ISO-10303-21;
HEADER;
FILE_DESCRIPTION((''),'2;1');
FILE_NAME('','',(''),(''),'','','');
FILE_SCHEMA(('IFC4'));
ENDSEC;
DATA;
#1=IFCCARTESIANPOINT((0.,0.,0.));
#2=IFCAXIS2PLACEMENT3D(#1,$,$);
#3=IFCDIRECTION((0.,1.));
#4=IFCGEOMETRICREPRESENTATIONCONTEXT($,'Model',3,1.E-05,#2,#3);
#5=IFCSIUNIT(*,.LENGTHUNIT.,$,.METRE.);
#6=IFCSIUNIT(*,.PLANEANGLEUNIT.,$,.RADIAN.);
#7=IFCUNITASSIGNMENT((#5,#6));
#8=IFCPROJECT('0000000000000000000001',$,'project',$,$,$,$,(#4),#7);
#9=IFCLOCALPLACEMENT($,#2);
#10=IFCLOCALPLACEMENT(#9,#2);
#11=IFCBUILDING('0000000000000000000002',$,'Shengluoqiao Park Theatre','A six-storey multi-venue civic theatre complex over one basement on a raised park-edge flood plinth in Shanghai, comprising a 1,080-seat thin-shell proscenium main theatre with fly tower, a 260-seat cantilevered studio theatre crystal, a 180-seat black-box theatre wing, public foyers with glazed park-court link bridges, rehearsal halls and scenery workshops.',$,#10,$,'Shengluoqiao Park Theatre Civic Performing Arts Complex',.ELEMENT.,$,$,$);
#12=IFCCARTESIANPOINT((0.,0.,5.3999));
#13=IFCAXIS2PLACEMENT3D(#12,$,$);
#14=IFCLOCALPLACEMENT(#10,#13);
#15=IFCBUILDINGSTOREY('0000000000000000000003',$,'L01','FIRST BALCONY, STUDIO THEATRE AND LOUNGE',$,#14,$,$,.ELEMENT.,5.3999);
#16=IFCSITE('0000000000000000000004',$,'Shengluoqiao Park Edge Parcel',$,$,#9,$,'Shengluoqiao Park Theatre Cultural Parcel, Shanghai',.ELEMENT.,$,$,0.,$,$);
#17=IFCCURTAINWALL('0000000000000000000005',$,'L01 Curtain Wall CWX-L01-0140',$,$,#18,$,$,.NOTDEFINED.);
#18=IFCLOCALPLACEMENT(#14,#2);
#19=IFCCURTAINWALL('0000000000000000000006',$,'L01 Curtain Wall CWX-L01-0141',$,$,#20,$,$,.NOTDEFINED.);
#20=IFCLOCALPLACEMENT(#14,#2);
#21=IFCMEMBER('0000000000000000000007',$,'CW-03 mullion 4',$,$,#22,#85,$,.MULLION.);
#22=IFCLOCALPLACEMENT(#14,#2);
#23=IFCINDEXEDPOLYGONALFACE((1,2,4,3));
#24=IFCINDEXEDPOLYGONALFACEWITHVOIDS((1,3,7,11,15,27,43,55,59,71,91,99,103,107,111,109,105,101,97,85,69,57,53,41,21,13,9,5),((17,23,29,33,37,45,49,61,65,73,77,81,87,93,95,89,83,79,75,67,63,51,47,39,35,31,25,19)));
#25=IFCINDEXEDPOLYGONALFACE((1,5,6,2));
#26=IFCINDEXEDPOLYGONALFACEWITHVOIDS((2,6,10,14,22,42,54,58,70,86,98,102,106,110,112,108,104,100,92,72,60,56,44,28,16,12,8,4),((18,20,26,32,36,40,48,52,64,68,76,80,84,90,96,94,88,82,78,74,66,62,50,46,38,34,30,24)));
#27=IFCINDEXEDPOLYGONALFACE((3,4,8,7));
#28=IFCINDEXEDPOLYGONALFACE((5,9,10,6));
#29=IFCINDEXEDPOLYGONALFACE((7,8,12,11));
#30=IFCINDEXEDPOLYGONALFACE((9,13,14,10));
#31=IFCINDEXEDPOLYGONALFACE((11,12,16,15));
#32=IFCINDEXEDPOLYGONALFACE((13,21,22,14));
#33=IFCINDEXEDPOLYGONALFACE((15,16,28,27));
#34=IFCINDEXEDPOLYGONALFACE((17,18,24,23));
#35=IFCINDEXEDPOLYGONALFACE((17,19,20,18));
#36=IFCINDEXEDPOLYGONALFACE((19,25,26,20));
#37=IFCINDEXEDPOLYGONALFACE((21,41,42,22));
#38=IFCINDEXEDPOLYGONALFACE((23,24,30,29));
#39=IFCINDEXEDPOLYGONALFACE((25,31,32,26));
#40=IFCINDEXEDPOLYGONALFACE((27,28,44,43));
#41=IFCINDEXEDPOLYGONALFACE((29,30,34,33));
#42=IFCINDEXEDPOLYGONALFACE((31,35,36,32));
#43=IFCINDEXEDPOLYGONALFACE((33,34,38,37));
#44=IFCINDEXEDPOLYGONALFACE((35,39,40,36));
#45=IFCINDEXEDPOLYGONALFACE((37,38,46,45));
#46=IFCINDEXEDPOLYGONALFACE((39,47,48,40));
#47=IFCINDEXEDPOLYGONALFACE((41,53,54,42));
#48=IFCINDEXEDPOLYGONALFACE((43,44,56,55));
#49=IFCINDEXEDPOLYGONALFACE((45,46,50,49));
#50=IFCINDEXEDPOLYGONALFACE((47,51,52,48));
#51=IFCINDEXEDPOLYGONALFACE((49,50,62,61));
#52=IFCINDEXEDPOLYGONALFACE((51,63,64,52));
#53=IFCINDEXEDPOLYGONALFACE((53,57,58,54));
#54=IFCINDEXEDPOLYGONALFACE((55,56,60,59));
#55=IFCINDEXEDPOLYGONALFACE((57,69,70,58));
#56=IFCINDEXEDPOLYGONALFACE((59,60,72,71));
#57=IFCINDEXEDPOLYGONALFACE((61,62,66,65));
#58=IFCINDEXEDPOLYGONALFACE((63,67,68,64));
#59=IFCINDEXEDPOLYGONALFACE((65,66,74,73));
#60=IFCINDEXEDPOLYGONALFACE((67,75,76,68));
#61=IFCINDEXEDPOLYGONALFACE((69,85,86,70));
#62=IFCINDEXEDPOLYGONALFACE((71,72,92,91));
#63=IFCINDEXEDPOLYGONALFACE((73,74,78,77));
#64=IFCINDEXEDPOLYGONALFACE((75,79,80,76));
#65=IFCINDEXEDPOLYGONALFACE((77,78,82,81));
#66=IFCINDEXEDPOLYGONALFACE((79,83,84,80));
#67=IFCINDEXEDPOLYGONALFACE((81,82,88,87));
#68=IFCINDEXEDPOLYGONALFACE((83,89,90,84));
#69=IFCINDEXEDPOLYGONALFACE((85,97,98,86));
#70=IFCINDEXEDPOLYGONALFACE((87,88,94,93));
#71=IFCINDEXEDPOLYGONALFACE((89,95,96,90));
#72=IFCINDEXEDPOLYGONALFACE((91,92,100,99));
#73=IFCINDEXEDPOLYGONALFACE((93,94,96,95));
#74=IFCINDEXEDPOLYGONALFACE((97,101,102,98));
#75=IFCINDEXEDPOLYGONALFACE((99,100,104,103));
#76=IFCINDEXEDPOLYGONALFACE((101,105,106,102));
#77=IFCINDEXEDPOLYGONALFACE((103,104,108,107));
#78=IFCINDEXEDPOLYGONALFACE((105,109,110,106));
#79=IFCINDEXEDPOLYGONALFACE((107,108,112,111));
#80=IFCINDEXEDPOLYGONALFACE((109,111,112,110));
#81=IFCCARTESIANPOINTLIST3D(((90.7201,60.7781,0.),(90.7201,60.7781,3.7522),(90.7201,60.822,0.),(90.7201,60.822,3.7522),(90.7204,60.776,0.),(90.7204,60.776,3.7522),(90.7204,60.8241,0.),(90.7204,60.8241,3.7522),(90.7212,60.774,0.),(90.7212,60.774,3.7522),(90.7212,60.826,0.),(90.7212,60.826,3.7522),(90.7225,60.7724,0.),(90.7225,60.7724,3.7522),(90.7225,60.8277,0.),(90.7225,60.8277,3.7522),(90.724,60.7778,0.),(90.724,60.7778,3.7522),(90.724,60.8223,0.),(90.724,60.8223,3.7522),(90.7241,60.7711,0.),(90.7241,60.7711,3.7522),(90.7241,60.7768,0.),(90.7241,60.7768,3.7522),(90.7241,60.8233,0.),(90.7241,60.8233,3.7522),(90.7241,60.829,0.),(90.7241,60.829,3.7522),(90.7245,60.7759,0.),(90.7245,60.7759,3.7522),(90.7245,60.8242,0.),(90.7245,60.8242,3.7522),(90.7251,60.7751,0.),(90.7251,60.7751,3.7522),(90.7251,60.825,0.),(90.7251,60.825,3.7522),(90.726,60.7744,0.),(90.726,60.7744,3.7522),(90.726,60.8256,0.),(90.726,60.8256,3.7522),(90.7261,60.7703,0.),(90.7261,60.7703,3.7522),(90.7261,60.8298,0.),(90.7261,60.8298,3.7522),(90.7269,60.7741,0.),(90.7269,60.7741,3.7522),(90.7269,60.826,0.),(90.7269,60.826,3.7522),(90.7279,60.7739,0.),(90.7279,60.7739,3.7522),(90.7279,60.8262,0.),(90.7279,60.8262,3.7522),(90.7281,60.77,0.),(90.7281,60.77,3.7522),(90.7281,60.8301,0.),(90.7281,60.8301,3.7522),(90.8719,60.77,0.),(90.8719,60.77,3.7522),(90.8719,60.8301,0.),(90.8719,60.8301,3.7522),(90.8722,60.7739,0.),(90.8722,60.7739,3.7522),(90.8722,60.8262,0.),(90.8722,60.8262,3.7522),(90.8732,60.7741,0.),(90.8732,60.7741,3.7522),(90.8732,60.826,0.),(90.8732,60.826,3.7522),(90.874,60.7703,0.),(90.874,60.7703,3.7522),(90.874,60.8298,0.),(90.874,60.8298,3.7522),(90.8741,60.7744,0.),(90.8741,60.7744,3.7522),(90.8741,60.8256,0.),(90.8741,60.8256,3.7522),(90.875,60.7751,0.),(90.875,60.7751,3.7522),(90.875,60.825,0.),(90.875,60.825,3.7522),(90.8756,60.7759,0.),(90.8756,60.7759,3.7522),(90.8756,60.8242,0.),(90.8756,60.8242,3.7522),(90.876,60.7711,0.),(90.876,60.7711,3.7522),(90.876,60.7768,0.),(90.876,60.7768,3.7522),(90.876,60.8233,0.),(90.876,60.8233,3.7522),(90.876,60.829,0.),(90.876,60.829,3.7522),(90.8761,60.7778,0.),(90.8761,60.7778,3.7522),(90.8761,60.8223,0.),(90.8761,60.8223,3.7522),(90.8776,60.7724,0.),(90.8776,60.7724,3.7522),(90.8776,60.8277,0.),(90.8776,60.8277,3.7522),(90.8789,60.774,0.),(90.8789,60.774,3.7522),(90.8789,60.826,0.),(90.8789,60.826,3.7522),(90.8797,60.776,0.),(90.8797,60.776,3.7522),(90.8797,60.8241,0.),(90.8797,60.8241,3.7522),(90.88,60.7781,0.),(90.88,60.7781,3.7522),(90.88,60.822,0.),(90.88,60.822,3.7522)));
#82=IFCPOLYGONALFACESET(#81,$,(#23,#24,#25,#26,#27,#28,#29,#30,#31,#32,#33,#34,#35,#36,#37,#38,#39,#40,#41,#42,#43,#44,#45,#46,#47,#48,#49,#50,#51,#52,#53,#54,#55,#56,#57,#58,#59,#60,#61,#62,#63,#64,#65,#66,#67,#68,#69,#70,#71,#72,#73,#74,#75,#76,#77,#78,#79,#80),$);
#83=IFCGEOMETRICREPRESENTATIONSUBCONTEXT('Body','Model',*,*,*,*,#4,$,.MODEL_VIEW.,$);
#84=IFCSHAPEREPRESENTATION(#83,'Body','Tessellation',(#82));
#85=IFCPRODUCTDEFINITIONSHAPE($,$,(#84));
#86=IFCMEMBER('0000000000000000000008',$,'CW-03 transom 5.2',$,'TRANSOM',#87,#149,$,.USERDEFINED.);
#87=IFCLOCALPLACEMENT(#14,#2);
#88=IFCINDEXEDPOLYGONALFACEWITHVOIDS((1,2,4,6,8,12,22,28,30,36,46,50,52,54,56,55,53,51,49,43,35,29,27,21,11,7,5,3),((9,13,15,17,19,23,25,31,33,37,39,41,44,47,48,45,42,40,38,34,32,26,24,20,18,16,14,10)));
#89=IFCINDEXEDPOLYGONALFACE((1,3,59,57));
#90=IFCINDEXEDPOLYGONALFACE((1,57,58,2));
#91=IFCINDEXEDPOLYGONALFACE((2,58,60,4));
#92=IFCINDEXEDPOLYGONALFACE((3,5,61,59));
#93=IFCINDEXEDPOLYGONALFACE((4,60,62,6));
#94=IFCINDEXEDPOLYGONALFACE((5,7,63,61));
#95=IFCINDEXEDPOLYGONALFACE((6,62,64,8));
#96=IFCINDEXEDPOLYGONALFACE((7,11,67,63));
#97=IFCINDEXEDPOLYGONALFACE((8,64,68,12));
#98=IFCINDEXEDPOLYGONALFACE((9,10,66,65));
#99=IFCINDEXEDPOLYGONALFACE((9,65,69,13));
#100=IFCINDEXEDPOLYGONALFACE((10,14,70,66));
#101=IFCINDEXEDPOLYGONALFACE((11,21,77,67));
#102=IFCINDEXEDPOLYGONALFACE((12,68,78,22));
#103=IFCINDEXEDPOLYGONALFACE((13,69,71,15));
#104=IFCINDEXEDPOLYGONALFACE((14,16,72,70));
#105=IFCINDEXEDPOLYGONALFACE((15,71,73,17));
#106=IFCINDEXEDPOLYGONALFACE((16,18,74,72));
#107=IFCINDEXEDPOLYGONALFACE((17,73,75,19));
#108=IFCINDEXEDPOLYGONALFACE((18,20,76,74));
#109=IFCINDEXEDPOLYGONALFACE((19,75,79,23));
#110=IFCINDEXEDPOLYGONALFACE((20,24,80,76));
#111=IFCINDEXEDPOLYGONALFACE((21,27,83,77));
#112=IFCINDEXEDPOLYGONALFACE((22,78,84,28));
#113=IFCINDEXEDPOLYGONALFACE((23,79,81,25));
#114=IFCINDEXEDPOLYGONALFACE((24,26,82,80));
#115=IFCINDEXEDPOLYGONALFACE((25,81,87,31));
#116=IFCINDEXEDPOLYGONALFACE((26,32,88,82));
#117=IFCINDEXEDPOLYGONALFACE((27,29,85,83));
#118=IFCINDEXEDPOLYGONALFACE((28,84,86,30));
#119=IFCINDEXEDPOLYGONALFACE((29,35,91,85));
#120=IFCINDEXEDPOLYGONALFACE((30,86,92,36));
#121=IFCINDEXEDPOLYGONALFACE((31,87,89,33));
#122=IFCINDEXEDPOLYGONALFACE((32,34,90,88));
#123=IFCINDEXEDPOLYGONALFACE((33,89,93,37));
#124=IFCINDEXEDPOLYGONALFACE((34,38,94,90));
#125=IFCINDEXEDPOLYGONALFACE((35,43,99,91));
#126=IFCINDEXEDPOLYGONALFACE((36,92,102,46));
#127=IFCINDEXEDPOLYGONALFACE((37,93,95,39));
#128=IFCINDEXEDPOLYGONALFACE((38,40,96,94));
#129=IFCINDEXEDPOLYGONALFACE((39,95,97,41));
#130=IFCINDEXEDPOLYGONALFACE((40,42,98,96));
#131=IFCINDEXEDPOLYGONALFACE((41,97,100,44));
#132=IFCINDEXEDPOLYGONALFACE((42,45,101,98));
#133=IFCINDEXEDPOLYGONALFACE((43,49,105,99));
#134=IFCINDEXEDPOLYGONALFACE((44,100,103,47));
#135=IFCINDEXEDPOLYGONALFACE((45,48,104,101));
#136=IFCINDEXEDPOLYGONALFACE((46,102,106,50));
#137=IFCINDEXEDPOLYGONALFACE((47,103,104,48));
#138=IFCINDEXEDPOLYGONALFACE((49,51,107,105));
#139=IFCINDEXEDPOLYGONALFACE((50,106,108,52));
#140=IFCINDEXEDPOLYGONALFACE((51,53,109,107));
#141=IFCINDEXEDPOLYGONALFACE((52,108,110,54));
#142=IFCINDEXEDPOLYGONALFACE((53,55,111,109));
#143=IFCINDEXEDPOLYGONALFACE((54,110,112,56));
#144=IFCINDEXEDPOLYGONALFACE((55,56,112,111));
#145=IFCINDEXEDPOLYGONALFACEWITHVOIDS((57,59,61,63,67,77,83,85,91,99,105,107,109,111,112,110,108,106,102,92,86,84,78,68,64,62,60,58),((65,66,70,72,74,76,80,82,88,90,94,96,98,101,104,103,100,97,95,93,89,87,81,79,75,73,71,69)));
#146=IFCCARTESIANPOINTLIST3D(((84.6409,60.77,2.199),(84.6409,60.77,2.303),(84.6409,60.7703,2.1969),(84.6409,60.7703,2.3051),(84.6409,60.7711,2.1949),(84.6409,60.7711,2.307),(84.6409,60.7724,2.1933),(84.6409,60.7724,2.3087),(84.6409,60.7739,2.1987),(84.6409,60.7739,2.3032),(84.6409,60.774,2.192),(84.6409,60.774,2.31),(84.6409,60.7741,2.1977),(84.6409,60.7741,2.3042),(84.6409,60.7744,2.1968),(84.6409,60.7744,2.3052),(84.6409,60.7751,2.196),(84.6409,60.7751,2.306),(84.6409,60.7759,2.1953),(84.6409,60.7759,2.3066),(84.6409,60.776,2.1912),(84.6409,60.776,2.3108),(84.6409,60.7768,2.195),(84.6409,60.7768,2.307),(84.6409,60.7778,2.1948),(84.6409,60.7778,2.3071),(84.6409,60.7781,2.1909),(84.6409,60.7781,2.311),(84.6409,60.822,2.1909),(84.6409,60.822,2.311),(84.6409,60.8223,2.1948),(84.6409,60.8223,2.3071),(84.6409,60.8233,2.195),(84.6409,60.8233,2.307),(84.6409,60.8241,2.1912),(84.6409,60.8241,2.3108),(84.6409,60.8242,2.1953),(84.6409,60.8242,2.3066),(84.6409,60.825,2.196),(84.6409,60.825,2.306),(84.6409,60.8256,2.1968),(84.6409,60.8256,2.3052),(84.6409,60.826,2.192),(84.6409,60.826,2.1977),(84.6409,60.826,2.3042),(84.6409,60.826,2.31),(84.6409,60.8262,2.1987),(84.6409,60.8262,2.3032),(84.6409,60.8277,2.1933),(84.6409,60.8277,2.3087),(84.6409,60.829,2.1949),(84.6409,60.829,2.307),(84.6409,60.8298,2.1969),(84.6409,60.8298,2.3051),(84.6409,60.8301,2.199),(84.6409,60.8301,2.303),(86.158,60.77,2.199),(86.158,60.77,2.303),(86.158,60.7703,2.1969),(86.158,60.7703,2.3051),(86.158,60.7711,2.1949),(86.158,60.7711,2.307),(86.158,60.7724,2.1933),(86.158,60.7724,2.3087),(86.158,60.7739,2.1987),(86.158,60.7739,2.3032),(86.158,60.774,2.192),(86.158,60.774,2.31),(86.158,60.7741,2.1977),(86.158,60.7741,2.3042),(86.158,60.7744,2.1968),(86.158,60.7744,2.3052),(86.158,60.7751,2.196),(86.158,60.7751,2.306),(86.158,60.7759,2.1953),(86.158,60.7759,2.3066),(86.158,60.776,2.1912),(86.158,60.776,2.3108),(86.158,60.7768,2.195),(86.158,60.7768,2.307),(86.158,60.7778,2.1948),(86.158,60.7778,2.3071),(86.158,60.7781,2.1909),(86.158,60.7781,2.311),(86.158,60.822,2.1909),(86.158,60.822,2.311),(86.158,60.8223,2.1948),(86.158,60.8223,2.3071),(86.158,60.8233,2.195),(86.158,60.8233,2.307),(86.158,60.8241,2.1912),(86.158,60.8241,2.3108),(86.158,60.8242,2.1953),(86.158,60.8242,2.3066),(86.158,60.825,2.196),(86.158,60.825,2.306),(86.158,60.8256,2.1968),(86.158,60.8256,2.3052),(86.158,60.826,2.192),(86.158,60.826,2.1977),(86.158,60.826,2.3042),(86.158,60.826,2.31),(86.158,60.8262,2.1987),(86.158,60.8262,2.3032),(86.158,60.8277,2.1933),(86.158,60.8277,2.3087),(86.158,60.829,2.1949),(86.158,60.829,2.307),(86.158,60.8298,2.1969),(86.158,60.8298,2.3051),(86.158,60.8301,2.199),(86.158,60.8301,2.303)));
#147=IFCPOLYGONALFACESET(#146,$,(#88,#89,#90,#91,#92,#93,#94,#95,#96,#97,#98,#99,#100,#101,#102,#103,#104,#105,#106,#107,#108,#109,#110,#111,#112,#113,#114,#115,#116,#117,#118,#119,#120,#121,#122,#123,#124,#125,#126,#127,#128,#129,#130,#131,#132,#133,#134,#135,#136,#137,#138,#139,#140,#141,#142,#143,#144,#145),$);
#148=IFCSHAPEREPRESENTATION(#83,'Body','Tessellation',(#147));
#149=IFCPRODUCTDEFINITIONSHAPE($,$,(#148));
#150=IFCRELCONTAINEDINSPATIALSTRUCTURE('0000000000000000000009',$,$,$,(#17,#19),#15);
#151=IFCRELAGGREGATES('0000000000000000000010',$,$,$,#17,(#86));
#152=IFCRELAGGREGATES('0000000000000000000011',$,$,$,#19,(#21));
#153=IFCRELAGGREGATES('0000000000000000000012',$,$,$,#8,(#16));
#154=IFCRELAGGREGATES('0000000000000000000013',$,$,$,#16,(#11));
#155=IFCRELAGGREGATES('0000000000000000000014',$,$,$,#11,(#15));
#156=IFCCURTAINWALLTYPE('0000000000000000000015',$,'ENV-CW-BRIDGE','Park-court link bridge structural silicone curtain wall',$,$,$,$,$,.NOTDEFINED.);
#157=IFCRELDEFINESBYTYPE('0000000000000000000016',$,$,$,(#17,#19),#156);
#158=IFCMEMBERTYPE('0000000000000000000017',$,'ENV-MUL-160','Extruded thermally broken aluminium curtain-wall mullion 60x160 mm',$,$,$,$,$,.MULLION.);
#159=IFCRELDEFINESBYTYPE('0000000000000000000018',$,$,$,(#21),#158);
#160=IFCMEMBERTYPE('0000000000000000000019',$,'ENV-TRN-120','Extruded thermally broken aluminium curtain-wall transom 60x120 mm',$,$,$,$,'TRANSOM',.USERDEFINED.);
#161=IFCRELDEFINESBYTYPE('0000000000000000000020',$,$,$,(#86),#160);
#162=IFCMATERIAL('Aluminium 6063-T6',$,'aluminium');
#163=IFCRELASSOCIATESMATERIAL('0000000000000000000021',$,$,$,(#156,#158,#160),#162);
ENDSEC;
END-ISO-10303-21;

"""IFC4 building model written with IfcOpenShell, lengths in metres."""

from ifc_helpers import new_model, si_unit, direction, frame, origin, origin_2d, place, context, subcontext, project, spatial, hollow_rectangle, extrude, material, material_profile, profile_set, type_object, element, aggregate, save


model = new_model("IFC4")

# Units and contexts
model_context = context("Model", 3, precision=1e-05, world=origin(), true_north=direction((0.0, 1.0)))
body_context = subcontext(model_context, "Body", "Model", "MODEL_VIEW")
ifc_project = project(units=[si_unit("LENGTHUNIT", "METRE"), si_unit("PLANEANGLEUNIT", "RADIAN")], contexts=[model_context])

# Site, building, storey
site_placement = place(None, origin())
site = spatial("IfcSite", under=ifc_project, at=site_placement, Name="Shengluoqiao Park Edge Parcel", LongName="Shengluoqiao Park Theatre Cultural Parcel, Shanghai", CompositionType="ELEMENT", RefElevation=0.0)
building_placement = place(site_placement, origin())
building = spatial("IfcBuilding", under=site, at=building_placement, Name="Shengluoqiao Park Theatre", Description="A six-storey multi-venue civic theatre complex over one basement on a raised park-edge flood plinth in Shanghai, comprising a 1,080-seat thin-shell proscenium main theatre with fly tower, a 260-seat cantilevered studio theatre crystal, a 180-seat black-box theatre wing, public foyers with glazed park-court link bridges, rehearsal halls and scenery workshops.", LongName="Shengluoqiao Park Theatre Civic Performing Arts Complex", CompositionType="ELEMENT")
storey_placement = place(building_placement, frame((0.0, 0.0, 5.3999)))
storey = spatial("IfcBuildingStorey", under=building, at=storey_placement, Name="L01", Description="FIRST BALCONY, STUDIO THEATRE AND LOUNGE", CompositionType="ELEMENT", Elevation=5.3999)

# Curtain wall
ifc_material_1 = material(Name="Aluminium 6063-T6", Category="aluminium")
curtain_wall_type = type_object("IfcCurtainWallType", Name="ENV-CW-BRIDGE", Description="Park-court link bridge structural silicone curtain wall", PredefinedType="NOTDEFINED", material=ifc_material_1)
curtain_wall_1_placement = place(storey_placement, origin())
curtain_wall_1 = element("IfcCurtainWall", 1, at=curtain_wall_1_placement, inside=storey, type_object=curtain_wall_type, Name="L01 Curtain Wall CWX-L01-0140", PredefinedType="NOTDEFINED")
ifc_material_profile_1 = material_profile(ifc_material_1, hollow_rectangle(XDim=0.0601, YDim=0.1599, WallThickness=0.0039, InnerFilletRadius=0.0039, OuterFilletRadius=0.0081, at=origin_2d()), Name="ALU MULLION 160x60x4")
ifc_profile_set_1 = profile_set([ifc_material_profile_1], Name="Aluminium 6063-T6")
member_type_1 = type_object("IfcMemberType", Name="ENV-MUL-160", Description="Extruded thermally broken aluminium curtain-wall mullion 60x160 mm", PredefinedType="MULLION", material=ifc_profile_set_1)

# Curtain wall, member
curtain_wall_2_placement = place(storey_placement, origin())
curtain_wall_2 = element("IfcCurtainWall", 2, at=curtain_wall_2_placement, inside=storey, type_object=curtain_wall_type, Name="L01 Curtain Wall CWX-L01-0141", PredefinedType="NOTDEFINED")
member_1_placement = place(storey_placement, frame((90.8, 60.8, 0.0), z_axis=(0.0, 0.0, 1.0), x_axis=(0.0, 1.0, 0.0)))
member_1 = element("IfcMember", 3, at=member_1_placement, type_object=member_type_1, Name="CW-03 mullion 4", PredefinedType="MULLION", context=body_context, shape_type="SweptSolid", body=[
    extrude(hollow_rectangle(XDim=0.0601, YDim=0.1599, WallThickness=0.0039, InnerFilletRadius=0.0039, OuterFilletRadius=0.0081, at=origin_2d()), origin(), (0.0, 0.0, 1.0), 3.7522),
])

# Member
ifc_material_profile_2 = material_profile(ifc_material_1, hollow_rectangle(XDim=0.0601, YDim=0.1201, WallThickness=0.0039, InnerFilletRadius=0.0039, OuterFilletRadius=0.0081, at=origin_2d()), Name="ALU TRANSOM 120x60x4")
ifc_profile_set_2 = profile_set([ifc_material_profile_2], Name="Aluminium 6063-T6")
member_type_2 = type_object("IfcMemberType", Name="ENV-TRN-120", Description="Extruded thermally broken aluminium curtain-wall transom 60x120 mm", ElementType="TRANSOM", PredefinedType="USERDEFINED", material=ifc_profile_set_2)
member_2_placement = place(storey_placement, frame((84.6409, 60.8, 2.251), z_axis=(1.0, 0.0, 0.0), x_axis=(0.0, 1.0, 0.0)))
member_2 = element("IfcMember", 4, at=member_2_placement, type_object=member_type_2, Name="CW-03 transom 5.2", ObjectType="TRANSOM", PredefinedType="USERDEFINED", context=body_context, shape_type="SweptSolid", body=[
    extrude(hollow_rectangle(XDim=0.0601, YDim=0.1201, WallThickness=0.0039, InnerFilletRadius=0.0039, OuterFilletRadius=0.0081, at=origin_2d()), origin(), (0.0, 0.0, 1.0), 1.5171),
])

aggregate(curtain_wall_1, [member_2])
aggregate(curtain_wall_2, [member_1])

save(model, "model.ifc")
